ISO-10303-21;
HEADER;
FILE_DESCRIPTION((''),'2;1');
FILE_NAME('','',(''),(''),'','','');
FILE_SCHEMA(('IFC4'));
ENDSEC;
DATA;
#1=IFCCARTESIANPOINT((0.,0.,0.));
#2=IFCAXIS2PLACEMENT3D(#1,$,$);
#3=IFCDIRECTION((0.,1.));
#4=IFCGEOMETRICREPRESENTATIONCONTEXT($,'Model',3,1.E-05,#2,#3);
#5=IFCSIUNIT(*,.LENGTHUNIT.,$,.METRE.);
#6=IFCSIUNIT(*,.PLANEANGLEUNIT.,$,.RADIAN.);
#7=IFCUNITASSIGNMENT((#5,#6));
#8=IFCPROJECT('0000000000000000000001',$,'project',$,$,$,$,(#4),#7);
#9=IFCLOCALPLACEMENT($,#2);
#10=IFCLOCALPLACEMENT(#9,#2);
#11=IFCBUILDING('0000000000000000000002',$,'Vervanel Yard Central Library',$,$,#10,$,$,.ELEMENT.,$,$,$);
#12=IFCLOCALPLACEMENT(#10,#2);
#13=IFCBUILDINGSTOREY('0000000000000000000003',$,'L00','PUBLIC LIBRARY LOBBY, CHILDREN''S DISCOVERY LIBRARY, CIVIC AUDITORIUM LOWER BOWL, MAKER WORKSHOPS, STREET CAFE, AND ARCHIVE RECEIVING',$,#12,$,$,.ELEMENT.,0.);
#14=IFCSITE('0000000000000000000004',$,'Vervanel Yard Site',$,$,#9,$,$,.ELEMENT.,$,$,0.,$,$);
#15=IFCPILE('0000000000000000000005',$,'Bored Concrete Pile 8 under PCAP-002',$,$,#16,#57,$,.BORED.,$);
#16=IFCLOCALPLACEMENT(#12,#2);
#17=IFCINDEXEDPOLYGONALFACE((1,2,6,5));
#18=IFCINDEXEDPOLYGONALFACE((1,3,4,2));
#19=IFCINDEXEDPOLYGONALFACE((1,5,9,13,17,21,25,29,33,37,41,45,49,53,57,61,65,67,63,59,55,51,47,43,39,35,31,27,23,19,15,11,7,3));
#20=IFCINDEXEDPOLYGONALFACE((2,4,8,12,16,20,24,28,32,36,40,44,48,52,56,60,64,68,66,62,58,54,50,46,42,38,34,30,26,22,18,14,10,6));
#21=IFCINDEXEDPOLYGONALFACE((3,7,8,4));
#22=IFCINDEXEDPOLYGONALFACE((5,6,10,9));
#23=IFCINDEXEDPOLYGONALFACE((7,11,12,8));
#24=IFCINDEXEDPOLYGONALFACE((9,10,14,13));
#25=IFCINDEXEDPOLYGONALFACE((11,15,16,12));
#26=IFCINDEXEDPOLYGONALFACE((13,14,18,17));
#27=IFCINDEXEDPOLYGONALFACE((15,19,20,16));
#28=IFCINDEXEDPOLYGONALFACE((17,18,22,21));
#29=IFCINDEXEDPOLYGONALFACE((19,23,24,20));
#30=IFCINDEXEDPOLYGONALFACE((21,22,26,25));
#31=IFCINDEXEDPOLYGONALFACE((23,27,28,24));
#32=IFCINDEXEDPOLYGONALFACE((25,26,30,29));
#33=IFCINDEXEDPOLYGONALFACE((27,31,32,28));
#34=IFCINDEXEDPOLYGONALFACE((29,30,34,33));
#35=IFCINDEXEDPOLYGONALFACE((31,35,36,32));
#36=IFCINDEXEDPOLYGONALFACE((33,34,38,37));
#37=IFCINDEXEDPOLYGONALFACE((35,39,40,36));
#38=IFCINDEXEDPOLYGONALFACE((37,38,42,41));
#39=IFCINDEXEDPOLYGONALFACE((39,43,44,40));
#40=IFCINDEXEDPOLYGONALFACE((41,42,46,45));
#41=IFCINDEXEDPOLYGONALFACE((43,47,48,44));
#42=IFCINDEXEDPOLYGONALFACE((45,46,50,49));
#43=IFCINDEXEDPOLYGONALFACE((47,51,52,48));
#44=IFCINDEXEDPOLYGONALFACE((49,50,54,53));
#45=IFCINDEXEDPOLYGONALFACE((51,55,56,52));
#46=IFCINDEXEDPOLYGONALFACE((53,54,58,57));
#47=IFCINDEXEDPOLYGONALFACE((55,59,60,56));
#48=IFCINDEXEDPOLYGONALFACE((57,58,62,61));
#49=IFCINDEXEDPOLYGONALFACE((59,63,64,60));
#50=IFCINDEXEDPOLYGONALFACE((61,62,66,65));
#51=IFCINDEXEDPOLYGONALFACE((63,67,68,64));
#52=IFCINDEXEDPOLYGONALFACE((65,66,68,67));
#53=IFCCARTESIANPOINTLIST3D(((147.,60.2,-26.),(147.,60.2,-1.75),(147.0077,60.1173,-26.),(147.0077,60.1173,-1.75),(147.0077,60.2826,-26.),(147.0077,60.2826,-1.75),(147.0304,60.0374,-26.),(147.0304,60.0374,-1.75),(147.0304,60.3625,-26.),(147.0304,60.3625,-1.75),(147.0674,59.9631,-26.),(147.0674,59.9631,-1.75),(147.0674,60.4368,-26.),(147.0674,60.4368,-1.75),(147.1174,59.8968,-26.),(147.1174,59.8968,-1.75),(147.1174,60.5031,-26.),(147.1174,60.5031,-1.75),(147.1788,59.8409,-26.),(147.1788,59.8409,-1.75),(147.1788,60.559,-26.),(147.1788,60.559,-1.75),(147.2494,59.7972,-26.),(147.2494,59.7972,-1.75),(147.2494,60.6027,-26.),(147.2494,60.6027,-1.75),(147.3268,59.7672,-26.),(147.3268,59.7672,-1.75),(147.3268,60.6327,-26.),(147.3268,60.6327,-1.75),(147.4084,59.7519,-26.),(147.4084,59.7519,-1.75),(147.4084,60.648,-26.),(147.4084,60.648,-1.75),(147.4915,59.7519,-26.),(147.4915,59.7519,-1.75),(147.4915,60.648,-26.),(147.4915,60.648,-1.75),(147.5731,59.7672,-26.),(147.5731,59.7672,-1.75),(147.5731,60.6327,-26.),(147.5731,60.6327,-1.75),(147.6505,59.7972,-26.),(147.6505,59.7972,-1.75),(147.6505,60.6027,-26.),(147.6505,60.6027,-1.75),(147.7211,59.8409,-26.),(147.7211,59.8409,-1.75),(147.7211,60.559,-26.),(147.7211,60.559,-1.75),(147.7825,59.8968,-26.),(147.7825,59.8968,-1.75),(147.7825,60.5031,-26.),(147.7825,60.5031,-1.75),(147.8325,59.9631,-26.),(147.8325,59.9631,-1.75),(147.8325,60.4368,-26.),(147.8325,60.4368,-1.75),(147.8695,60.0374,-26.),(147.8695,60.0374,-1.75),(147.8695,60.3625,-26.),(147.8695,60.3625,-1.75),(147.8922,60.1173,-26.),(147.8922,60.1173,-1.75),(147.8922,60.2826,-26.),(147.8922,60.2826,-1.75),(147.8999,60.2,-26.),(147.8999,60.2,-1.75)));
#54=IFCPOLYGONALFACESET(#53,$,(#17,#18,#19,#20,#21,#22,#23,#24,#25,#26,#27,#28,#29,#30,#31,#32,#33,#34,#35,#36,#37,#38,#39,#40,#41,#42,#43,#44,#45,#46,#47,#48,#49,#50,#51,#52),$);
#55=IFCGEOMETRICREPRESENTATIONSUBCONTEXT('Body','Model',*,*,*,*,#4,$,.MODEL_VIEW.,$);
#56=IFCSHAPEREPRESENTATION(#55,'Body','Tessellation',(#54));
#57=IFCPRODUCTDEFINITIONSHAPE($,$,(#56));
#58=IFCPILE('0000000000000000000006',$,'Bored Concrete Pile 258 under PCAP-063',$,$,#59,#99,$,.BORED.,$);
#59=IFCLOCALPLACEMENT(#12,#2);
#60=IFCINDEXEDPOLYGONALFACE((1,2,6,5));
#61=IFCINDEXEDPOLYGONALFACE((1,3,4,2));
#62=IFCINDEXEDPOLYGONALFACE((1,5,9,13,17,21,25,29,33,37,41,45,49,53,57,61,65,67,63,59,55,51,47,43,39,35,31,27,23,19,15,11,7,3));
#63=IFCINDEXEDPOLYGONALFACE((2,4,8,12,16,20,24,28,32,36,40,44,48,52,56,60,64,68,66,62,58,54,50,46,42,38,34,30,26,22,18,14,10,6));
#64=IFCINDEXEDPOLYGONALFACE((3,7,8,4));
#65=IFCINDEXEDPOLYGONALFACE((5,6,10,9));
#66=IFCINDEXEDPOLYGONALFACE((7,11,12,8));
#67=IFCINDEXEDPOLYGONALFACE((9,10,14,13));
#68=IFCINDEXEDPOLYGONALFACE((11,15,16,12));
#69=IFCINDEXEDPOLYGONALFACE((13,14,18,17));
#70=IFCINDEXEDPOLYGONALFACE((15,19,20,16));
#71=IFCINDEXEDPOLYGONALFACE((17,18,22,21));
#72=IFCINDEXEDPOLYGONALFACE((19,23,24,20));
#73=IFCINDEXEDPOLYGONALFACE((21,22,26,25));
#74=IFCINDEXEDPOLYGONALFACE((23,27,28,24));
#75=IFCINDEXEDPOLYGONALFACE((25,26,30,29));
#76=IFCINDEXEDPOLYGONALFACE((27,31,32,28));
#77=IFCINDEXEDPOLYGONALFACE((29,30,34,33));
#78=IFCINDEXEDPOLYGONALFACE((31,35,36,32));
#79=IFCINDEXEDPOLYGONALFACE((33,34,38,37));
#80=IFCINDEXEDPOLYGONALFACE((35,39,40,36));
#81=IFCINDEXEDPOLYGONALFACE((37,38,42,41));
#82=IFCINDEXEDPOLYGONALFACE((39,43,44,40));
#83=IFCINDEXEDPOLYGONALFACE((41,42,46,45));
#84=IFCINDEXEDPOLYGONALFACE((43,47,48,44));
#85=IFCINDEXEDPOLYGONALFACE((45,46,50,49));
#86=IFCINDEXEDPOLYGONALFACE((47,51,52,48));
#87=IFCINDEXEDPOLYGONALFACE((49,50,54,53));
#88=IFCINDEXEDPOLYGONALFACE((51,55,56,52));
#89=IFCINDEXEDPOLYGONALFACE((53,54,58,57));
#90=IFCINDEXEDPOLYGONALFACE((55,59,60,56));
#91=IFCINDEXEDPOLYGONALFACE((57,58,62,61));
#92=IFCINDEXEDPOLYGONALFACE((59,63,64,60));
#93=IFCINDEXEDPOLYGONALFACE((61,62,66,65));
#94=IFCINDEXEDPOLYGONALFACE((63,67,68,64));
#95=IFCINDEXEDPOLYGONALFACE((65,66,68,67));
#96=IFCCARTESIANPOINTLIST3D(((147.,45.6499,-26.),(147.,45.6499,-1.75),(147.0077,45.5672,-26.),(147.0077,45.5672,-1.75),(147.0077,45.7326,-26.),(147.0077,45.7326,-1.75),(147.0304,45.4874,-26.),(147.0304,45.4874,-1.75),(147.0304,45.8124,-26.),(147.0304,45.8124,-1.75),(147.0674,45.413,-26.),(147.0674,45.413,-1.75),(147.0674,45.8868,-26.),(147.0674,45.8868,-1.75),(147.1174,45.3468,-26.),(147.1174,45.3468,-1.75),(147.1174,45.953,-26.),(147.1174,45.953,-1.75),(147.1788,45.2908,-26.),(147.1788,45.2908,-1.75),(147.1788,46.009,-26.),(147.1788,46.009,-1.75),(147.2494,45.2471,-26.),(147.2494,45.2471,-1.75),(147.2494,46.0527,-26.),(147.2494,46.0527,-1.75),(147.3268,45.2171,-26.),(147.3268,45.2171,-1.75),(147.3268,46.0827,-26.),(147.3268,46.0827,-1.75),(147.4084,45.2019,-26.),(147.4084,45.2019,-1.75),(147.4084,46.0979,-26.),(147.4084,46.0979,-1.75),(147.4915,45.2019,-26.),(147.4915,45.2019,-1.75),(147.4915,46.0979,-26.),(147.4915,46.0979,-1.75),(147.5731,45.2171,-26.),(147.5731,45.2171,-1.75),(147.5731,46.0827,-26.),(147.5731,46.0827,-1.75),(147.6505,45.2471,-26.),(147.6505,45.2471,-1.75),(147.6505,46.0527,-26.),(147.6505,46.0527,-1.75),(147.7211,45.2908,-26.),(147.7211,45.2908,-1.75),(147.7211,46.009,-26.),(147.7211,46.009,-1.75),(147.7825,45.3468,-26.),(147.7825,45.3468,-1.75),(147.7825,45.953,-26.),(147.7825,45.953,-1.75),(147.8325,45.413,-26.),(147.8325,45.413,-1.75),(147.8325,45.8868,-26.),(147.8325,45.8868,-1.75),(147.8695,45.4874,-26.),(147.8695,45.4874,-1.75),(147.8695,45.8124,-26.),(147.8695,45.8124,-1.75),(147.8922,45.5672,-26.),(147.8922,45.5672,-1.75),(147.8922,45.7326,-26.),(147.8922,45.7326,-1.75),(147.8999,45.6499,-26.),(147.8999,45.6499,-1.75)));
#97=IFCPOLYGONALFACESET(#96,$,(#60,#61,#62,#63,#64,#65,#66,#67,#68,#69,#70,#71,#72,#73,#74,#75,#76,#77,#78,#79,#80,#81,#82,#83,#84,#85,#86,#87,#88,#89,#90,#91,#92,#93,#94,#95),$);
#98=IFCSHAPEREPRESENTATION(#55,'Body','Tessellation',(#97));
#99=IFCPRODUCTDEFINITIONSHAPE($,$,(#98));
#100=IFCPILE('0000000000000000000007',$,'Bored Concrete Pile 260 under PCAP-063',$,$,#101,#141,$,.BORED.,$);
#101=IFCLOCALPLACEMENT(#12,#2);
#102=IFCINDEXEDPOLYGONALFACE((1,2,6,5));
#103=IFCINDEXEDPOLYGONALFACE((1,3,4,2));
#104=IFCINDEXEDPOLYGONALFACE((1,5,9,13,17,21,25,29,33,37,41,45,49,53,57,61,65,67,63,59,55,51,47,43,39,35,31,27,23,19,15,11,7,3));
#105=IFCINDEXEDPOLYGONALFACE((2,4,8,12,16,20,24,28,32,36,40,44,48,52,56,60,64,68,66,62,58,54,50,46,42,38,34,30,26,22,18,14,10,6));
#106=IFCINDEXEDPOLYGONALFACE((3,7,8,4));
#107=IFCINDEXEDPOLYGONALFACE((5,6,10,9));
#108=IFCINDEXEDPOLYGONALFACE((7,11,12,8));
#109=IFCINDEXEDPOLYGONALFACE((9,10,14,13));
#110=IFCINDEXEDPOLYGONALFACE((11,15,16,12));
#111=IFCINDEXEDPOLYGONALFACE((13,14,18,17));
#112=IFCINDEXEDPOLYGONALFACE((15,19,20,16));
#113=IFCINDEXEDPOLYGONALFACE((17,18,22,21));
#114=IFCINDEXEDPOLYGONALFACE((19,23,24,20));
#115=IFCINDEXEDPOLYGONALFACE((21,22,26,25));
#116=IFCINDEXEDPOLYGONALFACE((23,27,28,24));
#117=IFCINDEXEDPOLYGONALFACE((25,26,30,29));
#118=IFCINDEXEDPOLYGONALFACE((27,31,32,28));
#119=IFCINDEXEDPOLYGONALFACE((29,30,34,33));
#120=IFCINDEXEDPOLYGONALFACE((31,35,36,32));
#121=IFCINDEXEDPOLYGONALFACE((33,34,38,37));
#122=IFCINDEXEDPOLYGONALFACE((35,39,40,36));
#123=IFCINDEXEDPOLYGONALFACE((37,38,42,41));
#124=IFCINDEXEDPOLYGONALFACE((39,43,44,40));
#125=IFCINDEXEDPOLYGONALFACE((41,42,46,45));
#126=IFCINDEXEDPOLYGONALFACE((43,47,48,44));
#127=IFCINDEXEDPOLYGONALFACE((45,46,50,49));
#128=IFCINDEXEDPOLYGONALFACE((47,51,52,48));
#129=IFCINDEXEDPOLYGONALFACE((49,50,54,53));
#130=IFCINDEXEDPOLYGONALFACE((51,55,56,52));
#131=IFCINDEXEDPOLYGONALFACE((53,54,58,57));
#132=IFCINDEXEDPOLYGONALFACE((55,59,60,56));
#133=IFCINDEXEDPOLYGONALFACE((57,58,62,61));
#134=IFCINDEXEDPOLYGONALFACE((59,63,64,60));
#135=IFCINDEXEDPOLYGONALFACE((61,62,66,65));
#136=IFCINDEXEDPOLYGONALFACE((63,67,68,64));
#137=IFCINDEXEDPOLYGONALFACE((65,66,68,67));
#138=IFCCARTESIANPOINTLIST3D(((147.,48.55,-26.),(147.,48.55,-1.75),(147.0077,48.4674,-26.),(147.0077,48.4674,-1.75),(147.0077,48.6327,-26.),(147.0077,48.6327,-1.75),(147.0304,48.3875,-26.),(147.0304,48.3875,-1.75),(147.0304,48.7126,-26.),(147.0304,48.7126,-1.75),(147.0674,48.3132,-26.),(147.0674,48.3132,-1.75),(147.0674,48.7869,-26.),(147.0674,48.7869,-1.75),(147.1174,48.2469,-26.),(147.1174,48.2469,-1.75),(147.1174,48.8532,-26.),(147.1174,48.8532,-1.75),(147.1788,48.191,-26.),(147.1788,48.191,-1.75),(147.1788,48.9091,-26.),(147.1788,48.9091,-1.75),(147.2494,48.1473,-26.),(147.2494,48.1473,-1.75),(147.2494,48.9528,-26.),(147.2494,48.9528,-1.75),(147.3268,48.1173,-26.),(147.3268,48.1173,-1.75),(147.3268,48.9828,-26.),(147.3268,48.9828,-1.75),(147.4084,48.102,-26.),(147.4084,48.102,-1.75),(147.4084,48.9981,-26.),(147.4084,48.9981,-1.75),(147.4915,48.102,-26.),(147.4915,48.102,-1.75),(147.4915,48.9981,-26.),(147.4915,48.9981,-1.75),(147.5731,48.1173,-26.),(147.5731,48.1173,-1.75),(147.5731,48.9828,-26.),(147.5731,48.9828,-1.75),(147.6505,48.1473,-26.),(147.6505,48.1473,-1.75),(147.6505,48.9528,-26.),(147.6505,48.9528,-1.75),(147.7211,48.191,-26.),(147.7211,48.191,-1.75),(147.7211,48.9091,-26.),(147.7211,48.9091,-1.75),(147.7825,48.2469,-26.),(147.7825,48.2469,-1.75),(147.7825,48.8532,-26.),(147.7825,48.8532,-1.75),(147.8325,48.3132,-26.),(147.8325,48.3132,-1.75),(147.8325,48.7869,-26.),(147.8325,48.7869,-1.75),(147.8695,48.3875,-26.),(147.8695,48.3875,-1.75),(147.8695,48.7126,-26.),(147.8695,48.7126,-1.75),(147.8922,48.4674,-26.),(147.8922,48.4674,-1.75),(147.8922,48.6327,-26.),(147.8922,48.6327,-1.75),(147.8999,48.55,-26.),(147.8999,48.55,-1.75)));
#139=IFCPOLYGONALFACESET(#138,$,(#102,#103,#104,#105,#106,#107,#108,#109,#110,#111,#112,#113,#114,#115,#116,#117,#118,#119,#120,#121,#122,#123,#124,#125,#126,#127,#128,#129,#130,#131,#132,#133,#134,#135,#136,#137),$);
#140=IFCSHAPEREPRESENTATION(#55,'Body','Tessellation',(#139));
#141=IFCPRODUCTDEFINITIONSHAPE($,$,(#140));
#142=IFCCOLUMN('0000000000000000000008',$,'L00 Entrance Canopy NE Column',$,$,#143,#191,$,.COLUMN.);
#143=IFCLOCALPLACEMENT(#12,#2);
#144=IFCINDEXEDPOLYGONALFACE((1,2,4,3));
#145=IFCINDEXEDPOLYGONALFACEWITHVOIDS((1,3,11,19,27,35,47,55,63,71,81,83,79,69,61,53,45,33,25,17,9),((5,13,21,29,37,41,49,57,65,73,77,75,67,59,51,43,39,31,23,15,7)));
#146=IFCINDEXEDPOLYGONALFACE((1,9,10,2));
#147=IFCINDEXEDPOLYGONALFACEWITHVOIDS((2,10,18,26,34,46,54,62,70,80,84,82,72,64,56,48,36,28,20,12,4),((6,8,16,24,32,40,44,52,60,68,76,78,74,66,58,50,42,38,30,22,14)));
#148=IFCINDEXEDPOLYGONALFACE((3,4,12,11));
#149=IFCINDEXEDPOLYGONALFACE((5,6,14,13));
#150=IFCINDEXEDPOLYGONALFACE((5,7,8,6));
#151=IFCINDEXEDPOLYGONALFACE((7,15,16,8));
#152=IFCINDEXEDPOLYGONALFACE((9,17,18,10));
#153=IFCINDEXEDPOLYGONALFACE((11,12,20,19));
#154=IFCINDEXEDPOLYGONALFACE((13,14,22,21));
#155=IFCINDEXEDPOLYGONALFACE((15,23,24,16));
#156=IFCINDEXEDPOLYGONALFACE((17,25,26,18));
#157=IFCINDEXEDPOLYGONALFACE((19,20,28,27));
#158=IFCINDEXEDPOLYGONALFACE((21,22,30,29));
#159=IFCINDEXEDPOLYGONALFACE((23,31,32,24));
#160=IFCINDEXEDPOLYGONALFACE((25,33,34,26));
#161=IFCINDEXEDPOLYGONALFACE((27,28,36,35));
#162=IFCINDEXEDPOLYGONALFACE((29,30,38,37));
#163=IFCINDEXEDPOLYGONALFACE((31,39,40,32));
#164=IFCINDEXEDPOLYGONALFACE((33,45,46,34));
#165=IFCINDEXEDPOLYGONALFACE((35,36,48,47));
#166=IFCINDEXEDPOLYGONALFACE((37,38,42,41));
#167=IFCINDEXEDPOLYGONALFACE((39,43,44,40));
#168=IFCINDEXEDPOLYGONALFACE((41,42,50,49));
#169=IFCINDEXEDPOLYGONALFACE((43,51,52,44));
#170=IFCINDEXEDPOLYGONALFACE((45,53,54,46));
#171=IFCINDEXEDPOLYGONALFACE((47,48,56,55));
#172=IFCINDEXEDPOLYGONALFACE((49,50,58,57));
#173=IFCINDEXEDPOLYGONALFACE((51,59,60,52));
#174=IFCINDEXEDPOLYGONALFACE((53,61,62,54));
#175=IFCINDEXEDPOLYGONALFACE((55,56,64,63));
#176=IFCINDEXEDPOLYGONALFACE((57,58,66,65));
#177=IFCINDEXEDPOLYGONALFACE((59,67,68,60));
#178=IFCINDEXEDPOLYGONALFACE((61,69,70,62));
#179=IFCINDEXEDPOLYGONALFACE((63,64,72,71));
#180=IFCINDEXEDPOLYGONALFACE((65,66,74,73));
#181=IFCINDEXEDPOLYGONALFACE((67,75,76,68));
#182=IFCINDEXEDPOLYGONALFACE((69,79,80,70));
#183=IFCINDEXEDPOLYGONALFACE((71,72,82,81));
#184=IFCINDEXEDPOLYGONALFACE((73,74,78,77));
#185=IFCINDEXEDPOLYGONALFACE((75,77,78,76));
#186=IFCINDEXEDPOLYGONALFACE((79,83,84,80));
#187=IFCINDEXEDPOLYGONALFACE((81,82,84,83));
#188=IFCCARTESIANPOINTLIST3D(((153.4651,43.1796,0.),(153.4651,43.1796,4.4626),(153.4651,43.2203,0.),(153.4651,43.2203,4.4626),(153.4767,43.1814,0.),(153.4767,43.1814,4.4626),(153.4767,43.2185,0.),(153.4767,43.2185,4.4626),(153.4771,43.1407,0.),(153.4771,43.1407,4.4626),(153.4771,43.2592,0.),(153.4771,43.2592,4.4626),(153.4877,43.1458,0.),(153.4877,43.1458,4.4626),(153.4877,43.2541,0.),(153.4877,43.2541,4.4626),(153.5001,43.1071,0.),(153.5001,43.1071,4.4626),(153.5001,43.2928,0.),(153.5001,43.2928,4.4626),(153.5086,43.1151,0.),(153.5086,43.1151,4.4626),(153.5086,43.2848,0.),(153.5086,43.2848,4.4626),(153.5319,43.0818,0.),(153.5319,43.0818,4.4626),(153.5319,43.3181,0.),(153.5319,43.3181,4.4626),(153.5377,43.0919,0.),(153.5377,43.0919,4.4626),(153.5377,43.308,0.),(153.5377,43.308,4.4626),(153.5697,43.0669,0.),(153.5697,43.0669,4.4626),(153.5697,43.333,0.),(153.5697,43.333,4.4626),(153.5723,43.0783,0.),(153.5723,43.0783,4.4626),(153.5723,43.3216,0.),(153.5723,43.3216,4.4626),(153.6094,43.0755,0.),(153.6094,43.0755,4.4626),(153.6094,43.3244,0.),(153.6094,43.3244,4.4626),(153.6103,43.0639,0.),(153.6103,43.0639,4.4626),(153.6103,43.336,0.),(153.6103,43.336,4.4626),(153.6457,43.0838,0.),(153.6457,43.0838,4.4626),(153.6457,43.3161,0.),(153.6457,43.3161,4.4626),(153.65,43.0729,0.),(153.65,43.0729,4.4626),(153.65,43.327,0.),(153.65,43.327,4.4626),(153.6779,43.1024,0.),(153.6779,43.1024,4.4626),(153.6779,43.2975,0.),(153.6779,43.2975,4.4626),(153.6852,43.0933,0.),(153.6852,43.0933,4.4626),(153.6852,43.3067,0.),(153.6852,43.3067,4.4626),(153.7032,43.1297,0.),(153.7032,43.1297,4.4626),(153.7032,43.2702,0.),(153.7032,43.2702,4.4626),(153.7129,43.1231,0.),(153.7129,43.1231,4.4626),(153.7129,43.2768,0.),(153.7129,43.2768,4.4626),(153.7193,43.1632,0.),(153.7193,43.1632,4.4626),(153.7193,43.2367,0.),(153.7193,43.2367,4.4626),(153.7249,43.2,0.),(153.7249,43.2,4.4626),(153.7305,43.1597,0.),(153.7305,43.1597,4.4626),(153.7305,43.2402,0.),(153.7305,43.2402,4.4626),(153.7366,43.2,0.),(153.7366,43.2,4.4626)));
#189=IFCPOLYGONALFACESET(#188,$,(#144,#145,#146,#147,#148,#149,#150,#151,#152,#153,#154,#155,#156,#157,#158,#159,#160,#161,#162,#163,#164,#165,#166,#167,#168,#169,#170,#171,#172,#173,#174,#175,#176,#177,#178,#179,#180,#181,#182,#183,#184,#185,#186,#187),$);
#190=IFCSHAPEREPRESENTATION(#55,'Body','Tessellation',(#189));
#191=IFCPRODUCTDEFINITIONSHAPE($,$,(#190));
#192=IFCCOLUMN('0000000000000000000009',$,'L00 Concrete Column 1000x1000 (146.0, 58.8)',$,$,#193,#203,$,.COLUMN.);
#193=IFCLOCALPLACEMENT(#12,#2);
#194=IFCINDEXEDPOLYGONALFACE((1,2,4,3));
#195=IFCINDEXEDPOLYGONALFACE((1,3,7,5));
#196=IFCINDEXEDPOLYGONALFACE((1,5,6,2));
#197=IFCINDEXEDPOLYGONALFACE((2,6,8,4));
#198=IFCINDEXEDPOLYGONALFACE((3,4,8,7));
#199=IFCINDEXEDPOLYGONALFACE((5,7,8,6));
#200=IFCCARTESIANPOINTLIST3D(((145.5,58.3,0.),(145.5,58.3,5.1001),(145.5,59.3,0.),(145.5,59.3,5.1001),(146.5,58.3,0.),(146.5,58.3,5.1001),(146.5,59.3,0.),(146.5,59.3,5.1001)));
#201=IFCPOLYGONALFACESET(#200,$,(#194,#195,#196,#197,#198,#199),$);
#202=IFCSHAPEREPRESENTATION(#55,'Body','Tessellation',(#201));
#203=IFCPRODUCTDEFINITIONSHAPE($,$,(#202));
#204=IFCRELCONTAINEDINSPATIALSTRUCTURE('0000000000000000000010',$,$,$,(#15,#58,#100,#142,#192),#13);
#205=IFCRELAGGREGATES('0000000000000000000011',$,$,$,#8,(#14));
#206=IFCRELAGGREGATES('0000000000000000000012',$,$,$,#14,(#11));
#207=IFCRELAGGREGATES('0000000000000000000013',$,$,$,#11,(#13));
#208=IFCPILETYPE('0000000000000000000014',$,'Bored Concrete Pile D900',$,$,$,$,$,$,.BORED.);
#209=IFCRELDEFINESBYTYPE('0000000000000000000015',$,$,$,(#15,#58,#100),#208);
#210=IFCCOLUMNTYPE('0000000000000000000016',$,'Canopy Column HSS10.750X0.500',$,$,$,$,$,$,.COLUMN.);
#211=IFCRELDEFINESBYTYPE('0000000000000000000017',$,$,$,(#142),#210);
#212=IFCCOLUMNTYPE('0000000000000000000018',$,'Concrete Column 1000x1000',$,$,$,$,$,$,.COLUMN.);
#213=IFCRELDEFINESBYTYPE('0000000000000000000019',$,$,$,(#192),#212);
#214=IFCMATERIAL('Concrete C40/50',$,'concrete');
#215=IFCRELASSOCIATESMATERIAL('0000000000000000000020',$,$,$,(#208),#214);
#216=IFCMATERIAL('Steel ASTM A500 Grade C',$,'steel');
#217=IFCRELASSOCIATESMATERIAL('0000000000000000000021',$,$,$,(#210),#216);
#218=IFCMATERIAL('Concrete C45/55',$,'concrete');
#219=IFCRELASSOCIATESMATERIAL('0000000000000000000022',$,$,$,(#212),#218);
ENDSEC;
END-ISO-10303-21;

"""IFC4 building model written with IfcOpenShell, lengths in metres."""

from ifc_helpers import new_model, si_unit, direction, frame, origin, origin_2d, place, context, subcontext, project, spatial, rectangle, circle, hollow_circle, extrude, material, material_profile, profile_set, type_object, element, save


model = new_model("IFC4")

# Units and contexts
model_context = context("Model", 3, precision=1e-05, world=origin(), true_north=direction((0.0, 1.0)))
body_context = subcontext(model_context, "Body", "Model", "MODEL_VIEW")
ifc_project = project(units=[si_unit("LENGTHUNIT", "METRE"), si_unit("PLANEANGLEUNIT", "RADIAN")], contexts=[model_context])

# Site, building, storey
site_placement = place(None, origin())
site = spatial("IfcSite", under=ifc_project, at=site_placement, Name="Vervanel Yard Site", CompositionType="ELEMENT", RefElevation=0.0)
building_placement = place(site_placement, origin())
building = spatial("IfcBuilding", under=site, at=building_placement, Name="Vervanel Yard Central Library", CompositionType="ELEMENT")
storey_placement = place(building_placement, origin())
storey = spatial("IfcBuildingStorey", under=building, at=storey_placement, Name="L00", Description="PUBLIC LIBRARY LOBBY, CHILDREN'S DISCOVERY LIBRARY, CIVIC AUDITORIUM LOWER BOWL, MAKER WORKSHOPS, STREET CAFE, AND ARCHIVE RECEIVING", CompositionType="ELEMENT", Elevation=0.0)

# Piles
ifc_material_1 = material(Name="Concrete C40/50", Category="concrete")
ifc_material_profile_1 = material_profile(ifc_material_1, circle(Radius=0.45, at=origin_2d()), Name="BP D900", Category="concrete")
ifc_profile_set_1 = profile_set([ifc_material_profile_1], Name="Concrete C40/50")
pile_type = type_object("IfcPileType", Name="Bored Concrete Pile D900", PredefinedType="BORED", material=ifc_profile_set_1)
for number, where, z_axis, x_axis, name in (
    (1, (147.45, 60.2, -1.75), (0.0, 0.0, -1.0), (1.0, 0.0, 0.0), "Bored Concrete Pile 8 under PCAP-002"),
    (2, (147.45, 45.6499, -1.75), (0.0, 0.0, -1.0), (1.0, 0.0, 0.0), "Bored Concrete Pile 258 under PCAP-063"),
    (3, (147.45, 48.55, -1.75), (0.0, 0.0, -1.0), (1.0, 0.0, 0.0), "Bored Concrete Pile 260 under PCAP-063"),
):
    element("IfcPile", number, at=place(storey_placement, frame(where, z_axis=z_axis, x_axis=x_axis)), inside=storey, type_object=pile_type, Name=name, PredefinedType="BORED", context=body_context, shape_type="SweptSolid", body=[
        extrude(circle(Radius=0.45, at=origin_2d()), origin(), (0.0, 0.0, 1.0), 24.25),
    ])

# Columns
ifc_material_2 = material(Name="Steel ASTM A500 Grade C", Category="steel")
ifc_material_profile_2 = material_profile(ifc_material_2, hollow_circle(Radius=0.1365, WallThickness=0.0117, at=origin_2d()), Name="HSS10.750X0.500", Category="steel")
ifc_profile_set_2 = profile_set([ifc_material_profile_2], Name="Steel ASTM A500 Grade C")
column_type_1 = type_object("IfcColumnType", Name="Canopy Column HSS10.750X0.500", PredefinedType="COLUMN", material=ifc_profile_set_2)
column_1_placement = place(storey_placement, frame((153.6001, 43.2, 0.0), z_axis=(0.0, 0.0, 1.0), x_axis=(1.0, 0.0, 0.0)))
element("IfcColumn", 4, at=column_1_placement, inside=storey, type_object=column_type_1, Name="L00 Entrance Canopy NE Column", PredefinedType="COLUMN", context=body_context, shape_type="SweptSolid", body=[
    extrude(hollow_circle(Radius=0.1365, WallThickness=0.0117, at=origin_2d()), origin(), (0.0, 0.0, 1.0), 4.4626),
])
ifc_material_3 = material(Name="Concrete C45/55", Category="concrete")
ifc_material_profile_3 = material_profile(ifc_material_3, rectangle(XDim=1.0, YDim=1.0, at=origin_2d()), Name="RC 1000x1000", Category="concrete")
ifc_profile_set_3 = profile_set([ifc_material_profile_3], Name="Concrete C45/55")
column_type_2 = type_object("IfcColumnType", Name="Concrete Column 1000x1000", PredefinedType="COLUMN", material=ifc_profile_set_3)
column_2_placement = place(storey_placement, frame((146.0, 58.8, 0.0), z_axis=(0.0, 0.0, 1.0), x_axis=(1.0, 0.0, 0.0)))
element("IfcColumn", 5, at=column_2_placement, inside=storey, type_object=column_type_2, Name="L00 Concrete Column 1000x1000 (146.0, 58.8)", PredefinedType="COLUMN", context=body_context, shape_type="SweptSolid", body=[
    extrude(rectangle(XDim=1.0, YDim=1.0, at=origin_2d()), origin(), (0.0, 0.0, 1.0), 5.1001),
])

save(model, "model.ifc")
